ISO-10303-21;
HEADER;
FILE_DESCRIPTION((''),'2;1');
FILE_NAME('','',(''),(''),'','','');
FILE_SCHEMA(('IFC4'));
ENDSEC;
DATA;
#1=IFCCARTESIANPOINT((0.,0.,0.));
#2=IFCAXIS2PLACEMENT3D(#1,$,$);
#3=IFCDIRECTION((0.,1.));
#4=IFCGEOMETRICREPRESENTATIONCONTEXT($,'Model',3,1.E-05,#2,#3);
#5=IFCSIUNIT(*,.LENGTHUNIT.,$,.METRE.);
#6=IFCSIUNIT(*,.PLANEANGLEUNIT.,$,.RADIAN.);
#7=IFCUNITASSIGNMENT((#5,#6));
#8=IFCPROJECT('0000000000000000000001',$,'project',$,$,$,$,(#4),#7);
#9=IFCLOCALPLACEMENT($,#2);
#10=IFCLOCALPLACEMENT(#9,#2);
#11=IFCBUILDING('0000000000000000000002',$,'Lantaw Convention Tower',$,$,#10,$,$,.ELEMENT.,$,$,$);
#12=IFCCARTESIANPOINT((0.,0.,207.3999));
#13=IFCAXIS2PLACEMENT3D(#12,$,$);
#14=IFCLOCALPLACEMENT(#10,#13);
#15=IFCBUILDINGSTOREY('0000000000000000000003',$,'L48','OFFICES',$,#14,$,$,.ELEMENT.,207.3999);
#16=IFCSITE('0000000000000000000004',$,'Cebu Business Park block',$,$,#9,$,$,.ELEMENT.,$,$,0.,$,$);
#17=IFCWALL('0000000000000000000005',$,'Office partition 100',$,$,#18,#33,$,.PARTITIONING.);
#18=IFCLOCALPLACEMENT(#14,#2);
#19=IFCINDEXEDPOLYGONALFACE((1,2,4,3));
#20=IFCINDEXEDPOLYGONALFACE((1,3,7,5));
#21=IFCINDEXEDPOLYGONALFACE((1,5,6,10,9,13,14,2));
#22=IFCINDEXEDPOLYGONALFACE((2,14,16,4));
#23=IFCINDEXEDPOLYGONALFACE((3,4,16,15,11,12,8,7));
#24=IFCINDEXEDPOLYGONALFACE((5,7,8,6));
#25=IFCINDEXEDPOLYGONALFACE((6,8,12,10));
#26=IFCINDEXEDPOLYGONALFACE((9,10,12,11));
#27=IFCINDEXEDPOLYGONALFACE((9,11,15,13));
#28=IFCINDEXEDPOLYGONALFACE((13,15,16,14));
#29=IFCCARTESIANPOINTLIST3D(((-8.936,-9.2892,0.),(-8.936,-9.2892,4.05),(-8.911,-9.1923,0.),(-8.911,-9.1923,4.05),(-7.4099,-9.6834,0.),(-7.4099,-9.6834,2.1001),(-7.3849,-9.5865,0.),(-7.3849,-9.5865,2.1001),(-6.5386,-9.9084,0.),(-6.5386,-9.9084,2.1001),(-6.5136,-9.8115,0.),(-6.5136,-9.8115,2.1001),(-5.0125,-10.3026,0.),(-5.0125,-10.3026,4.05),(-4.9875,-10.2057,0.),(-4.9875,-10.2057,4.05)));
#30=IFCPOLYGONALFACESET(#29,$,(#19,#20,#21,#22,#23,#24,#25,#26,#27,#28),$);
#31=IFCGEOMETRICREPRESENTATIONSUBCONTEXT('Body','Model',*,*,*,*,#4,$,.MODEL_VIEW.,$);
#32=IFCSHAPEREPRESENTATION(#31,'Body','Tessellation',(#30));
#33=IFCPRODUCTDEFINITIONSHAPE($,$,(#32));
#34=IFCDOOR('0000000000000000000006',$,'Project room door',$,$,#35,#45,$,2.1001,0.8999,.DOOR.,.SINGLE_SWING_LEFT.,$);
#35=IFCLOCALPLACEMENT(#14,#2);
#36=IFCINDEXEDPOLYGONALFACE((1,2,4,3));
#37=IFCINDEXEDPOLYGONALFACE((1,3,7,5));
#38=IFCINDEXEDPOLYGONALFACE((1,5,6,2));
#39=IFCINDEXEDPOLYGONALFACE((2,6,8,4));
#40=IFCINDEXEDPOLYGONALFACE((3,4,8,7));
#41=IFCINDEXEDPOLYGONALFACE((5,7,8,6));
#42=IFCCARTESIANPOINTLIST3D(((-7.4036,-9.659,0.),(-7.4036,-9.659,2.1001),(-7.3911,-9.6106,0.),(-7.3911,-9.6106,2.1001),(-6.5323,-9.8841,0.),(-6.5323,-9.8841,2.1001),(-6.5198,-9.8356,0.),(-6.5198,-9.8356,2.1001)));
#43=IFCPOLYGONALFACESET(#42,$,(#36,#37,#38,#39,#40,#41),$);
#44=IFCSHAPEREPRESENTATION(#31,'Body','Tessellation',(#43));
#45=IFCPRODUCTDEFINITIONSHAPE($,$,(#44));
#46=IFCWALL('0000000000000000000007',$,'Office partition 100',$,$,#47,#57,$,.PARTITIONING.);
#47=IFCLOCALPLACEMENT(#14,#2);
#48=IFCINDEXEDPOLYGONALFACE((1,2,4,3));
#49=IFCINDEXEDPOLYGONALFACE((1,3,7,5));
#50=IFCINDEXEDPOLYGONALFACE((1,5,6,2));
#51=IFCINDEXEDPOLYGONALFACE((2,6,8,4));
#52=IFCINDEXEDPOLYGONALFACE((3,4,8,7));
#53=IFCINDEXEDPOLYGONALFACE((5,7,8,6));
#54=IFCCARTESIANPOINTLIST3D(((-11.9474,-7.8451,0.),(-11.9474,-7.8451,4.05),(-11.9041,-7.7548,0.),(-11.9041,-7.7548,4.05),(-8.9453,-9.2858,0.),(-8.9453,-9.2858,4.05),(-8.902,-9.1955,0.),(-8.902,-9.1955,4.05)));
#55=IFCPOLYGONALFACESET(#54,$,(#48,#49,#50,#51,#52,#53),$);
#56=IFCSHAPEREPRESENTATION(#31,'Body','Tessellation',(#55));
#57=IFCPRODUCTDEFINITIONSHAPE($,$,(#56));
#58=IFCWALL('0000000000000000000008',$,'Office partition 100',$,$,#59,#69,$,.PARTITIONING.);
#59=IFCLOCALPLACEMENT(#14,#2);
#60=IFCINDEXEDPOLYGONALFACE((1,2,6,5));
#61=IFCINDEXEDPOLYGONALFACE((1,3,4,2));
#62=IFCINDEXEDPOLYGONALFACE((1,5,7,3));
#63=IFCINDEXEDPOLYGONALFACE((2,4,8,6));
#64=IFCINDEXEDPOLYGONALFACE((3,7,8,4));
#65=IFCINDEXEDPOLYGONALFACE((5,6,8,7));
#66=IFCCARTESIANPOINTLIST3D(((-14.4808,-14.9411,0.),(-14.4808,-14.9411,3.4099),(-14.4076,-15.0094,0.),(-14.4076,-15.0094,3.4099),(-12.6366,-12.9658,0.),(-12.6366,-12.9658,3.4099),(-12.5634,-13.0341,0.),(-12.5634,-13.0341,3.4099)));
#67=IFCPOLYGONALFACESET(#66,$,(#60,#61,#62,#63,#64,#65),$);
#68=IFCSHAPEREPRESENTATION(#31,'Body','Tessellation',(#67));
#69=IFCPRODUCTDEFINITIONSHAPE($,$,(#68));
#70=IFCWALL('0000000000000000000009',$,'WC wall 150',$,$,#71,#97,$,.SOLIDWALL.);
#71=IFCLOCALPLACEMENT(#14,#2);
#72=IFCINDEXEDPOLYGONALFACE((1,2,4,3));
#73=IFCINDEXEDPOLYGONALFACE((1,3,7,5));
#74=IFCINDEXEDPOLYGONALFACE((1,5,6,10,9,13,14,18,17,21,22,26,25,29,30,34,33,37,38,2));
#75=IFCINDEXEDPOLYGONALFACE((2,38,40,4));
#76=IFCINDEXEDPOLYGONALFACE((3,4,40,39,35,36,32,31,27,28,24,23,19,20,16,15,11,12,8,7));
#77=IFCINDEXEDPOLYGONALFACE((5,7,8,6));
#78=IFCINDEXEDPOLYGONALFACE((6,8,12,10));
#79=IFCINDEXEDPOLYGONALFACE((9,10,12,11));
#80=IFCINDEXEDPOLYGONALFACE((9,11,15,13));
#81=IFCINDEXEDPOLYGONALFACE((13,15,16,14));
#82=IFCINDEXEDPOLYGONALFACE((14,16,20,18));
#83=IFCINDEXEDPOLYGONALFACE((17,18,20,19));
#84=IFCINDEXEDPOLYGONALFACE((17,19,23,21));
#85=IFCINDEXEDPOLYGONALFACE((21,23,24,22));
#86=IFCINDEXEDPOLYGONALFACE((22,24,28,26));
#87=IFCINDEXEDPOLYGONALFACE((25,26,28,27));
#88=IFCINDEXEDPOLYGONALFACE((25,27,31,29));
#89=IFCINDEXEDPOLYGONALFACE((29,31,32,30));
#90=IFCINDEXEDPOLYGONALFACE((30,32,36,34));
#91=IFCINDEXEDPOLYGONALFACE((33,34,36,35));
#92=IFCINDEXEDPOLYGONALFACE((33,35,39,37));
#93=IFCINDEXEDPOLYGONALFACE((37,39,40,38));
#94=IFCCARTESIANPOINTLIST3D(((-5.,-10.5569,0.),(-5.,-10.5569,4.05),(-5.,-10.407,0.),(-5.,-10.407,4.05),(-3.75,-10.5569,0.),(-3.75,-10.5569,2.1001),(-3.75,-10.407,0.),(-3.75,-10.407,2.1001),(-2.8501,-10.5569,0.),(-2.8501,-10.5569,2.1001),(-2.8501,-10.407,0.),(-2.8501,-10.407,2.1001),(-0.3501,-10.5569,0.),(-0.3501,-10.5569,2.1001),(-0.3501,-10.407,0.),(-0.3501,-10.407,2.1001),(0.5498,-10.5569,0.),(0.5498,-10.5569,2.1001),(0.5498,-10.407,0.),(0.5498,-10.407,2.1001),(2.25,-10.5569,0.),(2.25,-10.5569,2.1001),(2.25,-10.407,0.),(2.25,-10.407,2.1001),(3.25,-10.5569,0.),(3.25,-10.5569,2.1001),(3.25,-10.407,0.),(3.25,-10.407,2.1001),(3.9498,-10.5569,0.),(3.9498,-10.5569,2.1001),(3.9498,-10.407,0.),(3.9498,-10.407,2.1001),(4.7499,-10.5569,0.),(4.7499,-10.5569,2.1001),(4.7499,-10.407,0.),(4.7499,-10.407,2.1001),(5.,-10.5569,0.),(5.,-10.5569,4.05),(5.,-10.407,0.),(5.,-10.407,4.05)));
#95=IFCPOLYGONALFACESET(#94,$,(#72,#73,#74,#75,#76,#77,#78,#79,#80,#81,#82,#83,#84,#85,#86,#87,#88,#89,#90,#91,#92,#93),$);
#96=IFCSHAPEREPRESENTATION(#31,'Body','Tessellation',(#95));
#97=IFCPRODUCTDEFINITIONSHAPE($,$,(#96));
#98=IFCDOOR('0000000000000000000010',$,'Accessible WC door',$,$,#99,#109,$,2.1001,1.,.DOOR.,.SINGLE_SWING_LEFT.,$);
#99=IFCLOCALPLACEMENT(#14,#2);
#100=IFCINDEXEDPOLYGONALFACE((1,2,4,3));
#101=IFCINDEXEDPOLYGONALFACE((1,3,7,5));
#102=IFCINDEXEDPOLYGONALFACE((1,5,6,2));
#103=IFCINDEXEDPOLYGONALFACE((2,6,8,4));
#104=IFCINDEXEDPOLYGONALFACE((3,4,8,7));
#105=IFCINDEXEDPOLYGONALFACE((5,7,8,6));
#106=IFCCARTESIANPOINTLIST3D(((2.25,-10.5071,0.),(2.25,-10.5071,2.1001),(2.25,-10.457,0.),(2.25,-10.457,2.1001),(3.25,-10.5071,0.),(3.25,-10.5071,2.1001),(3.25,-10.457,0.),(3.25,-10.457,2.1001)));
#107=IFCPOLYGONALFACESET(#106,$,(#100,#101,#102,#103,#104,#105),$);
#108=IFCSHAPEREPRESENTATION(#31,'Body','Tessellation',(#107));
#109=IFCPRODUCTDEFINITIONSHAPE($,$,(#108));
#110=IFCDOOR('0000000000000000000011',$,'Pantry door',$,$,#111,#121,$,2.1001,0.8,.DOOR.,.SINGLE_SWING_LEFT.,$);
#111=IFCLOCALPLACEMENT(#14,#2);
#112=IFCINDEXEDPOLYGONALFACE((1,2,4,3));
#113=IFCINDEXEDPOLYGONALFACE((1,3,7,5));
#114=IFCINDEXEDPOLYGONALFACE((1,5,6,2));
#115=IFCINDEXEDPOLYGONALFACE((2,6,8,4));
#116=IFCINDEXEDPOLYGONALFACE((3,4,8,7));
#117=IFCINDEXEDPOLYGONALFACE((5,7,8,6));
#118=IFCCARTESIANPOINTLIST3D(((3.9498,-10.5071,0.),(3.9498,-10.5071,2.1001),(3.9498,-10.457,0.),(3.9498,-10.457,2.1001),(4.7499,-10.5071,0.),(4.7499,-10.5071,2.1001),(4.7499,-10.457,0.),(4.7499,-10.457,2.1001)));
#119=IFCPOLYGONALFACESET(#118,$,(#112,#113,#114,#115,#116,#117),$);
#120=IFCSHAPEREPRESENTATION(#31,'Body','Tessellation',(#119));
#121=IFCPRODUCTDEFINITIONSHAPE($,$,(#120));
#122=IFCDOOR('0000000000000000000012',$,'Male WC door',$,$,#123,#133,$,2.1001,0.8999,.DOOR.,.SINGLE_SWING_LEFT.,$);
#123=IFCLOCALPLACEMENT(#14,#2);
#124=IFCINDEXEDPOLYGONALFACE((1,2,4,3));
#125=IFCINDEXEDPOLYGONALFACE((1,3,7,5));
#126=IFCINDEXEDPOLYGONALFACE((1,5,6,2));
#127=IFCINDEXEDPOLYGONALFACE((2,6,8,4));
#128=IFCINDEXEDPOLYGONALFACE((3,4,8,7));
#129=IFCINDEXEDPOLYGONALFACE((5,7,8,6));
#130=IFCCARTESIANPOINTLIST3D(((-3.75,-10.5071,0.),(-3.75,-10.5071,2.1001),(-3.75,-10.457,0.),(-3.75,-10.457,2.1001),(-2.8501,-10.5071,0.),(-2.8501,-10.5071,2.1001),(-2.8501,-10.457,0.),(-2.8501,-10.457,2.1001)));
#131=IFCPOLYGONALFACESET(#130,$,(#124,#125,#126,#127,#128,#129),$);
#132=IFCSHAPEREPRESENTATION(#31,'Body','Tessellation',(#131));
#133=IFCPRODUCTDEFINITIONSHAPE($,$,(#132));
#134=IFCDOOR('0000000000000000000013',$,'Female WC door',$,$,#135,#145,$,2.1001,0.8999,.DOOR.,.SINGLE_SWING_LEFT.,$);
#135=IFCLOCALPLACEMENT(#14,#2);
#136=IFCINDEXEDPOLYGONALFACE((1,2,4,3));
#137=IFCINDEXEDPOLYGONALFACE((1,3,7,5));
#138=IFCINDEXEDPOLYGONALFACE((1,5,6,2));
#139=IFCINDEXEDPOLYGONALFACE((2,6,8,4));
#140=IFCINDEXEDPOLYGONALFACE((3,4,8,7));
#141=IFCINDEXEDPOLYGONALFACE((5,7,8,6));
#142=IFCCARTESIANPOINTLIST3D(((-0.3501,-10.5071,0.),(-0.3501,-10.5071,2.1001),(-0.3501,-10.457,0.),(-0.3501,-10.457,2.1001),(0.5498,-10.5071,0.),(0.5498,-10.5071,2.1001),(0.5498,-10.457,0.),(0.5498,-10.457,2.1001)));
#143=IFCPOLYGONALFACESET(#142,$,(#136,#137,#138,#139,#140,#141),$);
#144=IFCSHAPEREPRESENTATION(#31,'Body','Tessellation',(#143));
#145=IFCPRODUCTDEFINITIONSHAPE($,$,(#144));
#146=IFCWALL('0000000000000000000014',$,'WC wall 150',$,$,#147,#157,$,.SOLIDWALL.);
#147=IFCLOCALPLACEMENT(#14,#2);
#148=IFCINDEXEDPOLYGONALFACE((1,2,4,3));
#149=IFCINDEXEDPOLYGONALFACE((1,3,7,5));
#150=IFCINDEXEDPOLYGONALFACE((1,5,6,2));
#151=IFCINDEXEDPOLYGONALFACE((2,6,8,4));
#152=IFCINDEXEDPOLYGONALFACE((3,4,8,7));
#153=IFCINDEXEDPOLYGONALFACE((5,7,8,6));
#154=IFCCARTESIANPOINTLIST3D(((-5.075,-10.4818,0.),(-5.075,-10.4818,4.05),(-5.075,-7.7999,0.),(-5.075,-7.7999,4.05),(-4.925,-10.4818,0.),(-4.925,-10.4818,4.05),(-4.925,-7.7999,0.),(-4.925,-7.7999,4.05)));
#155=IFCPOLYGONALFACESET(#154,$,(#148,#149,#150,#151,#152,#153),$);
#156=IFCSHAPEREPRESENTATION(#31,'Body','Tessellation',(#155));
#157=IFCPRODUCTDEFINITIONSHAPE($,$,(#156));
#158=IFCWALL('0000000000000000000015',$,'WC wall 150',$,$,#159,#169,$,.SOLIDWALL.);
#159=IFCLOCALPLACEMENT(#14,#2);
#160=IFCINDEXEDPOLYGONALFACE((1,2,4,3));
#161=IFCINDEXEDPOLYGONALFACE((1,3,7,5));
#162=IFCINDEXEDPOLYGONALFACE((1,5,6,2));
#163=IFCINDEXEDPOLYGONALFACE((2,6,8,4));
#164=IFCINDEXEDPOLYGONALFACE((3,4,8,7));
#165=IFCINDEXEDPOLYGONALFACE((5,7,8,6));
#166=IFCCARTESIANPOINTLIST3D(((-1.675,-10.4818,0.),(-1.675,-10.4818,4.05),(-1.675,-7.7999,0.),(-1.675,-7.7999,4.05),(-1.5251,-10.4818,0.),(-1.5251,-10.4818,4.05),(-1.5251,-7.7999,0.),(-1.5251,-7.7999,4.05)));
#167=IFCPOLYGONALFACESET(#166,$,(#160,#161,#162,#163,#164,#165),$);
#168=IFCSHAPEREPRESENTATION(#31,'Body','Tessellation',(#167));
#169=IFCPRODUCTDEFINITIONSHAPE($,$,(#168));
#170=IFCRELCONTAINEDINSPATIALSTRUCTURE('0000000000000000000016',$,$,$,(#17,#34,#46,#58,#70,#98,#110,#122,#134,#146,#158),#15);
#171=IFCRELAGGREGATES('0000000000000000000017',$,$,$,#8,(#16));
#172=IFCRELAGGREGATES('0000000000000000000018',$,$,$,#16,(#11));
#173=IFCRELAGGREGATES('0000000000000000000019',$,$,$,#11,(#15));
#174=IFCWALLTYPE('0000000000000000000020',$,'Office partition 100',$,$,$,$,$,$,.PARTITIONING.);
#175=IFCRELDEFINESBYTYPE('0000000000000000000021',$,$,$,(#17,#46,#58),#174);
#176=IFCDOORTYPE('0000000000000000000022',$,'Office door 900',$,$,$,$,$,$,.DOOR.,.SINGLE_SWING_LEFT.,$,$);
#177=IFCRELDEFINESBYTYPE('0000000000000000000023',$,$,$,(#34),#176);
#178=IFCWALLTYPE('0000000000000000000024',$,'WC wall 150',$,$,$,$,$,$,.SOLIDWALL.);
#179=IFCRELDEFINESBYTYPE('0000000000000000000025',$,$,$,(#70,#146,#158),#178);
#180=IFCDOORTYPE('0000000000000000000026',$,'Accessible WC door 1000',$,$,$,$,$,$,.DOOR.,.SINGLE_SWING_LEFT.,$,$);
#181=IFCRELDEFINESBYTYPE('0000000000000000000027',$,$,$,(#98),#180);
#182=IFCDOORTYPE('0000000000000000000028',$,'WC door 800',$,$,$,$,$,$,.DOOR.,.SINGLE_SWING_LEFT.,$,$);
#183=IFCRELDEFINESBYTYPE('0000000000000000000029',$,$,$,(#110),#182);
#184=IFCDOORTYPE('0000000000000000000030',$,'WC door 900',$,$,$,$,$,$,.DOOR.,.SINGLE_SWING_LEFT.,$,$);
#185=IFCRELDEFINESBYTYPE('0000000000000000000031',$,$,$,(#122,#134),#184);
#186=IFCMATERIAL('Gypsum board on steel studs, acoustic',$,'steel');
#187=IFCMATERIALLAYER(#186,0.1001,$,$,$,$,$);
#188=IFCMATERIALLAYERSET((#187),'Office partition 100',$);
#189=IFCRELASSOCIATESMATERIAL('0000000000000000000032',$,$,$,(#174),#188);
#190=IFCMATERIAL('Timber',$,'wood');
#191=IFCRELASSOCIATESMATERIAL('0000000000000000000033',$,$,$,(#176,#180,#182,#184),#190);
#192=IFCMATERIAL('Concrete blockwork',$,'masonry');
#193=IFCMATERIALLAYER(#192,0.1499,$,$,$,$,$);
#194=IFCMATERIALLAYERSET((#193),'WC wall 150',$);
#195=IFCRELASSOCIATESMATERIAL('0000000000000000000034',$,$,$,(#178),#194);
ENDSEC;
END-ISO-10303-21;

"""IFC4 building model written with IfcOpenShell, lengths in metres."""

from ifc_helpers import new_model, si_unit, direction, frame, frame_2d, origin, place, context, subcontext, project, spatial, rectangle, extrude, material, layer, layer_set, type_object, element, fill, save


model = new_model("IFC4")

# Units and contexts
model_context = context("Model", 3, precision=1e-05, world=origin(), true_north=direction((0.0, 1.0)))
body_context = subcontext(model_context, "Body", "Model", "MODEL_VIEW")
ifc_project = project(units=[si_unit("LENGTHUNIT", "METRE"), si_unit("PLANEANGLEUNIT", "RADIAN")], contexts=[model_context])

# Site, building, storey
site_placement = place(None, origin())
site = spatial("IfcSite", under=ifc_project, at=site_placement, Name="Cebu Business Park block", CompositionType="ELEMENT", RefElevation=0.0)
building_placement = place(site_placement, origin())
building = spatial("IfcBuilding", under=site, at=building_placement, Name="Lantaw Convention Tower", CompositionType="ELEMENT")
storey_placement = place(building_placement, frame((0.0, 0.0, 207.3999)))
storey = spatial("IfcBuildingStorey", under=building, at=storey_placement, Name="L48", Description="OFFICES", CompositionType="ELEMENT", Elevation=207.3999)

# Wall, opening, door
ifc_material_1 = material(Name="Gypsum board on steel studs, acoustic", Category="steel")
ifc_layer_1 = layer(ifc_material_1, 0.1001)
ifc_layer_set_1 = layer_set([ifc_layer_1], Name="Office partition 100")
wall_type_1 = type_object("IfcWallType", Name="Office partition 100", PredefinedType="PARTITIONING", material=ifc_layer_set_1)
wall_1_placement = place(storey_placement, frame((-5.0, -10.2542, 0.0), z_axis=(0.0, 0.0, 1.0), x_axis=(-0.968224, 0.250084, 0.0)))
wall_1 = element("IfcWall", 1, at=wall_1_placement, inside=storey, type_object=wall_type_1, Name="Office partition 100", PredefinedType="PARTITIONING", context=body_context, shape_type="SweptSolid", body=[
    extrude(rectangle(XDim=4.0522, YDim=0.1001, at=frame_2d((2.0261, 0.0))), origin(), (0.0, 0.0, 1.0), 4.05),
])
opening_1_placement = place(wall_1_placement, frame((1.5762, 0.0, 0.0)))
opening_1 = element("IfcOpeningElement", 2, at=opening_1_placement, cuts=wall_1, PredefinedType="OPENING", context=body_context, shape_type="SweptSolid", body=[
    extrude(rectangle(XDim=0.8999, YDim=2.1001, at=frame_2d((0.45, 1.05))), frame((0.0, 0.0601, 0.0), z_axis=(0.0, -1.0, 0.0), x_axis=(1.0, 0.0, 0.0)), (0.0, 0.0, 1.0), 0.1201),
])
ifc_material_2 = material(Name="Timber", Category="wood")
door_type_1 = type_object("IfcDoorType", Name="Office door 900", OperationType="SINGLE_SWING_LEFT", PredefinedType="DOOR", material=ifc_material_2)
door_1_placement = place(opening_1_placement, origin())
door_1 = element("IfcDoor", 3, at=door_1_placement, inside=storey, type_object=door_type_1, Name="Project room door", OperationType="SINGLE_SWING_LEFT", OverallHeight=2.1001, OverallWidth=0.8999, PredefinedType="DOOR", context=body_context, shape_type="SweptSolid", body=[
    extrude(rectangle(XDim=0.8999, YDim=2.1001, at=frame_2d((0.45, 1.05))), frame((0.0, 0.0249, 0.0), z_axis=(0.0, -1.0, 0.0), x_axis=(1.0, 0.0, 0.0)), (0.0, 0.0, 1.0), 0.05),
])
fill(opening_1, door_1)

# Walls
wall_2_placement = place(storey_placement, frame((-8.9236, -9.2407, 0.0), z_axis=(0.0, 0.0, 1.0), x_axis=(-0.901554, 0.432667, 0.0)))
element("IfcWall", 4, at=wall_2_placement, inside=storey, type_object=wall_type_1, Name="Office partition 100", PredefinedType="PARTITIONING", context=body_context, shape_type="SweptSolid", body=[
    extrude(rectangle(XDim=3.3298, YDim=0.1001, at=frame_2d((1.665, 0.0))), origin(), (0.0, 0.0, 1.0), 4.05),
])
wall_3_placement = place(storey_placement, frame((-12.6001, -13.0, 0.0), z_axis=(0.0, 0.0, 1.0), x_axis=(-0.682434, -0.730947, 0.0)))
element("IfcWall", 5, at=wall_3_placement, inside=storey, type_object=wall_type_1, Name="Office partition 100", PredefinedType="PARTITIONING", context=body_context, shape_type="SweptSolid", body=[
    extrude(rectangle(XDim=2.7024, YDim=0.1001, at=frame_2d((1.3511, 0.0))), origin(), (0.0, 0.0, 1.0), 3.4099),
])

# Wall, openings, doors
ifc_material_3 = material(Name="Concrete blockwork", Category="masonry")
ifc_layer_2 = layer(ifc_material_3, 0.1499)
ifc_layer_set_2 = layer_set([ifc_layer_2], Name="WC wall 150")
wall_type_2 = type_object("IfcWallType", Name="WC wall 150", PredefinedType="SOLIDWALL", material=ifc_layer_set_2)
wall_4_placement = place(storey_placement, frame((-5.0, -10.4819, 0.0), z_axis=(0.0, 0.0, 1.0), x_axis=(1.0, 0.0, 0.0)))
wall_4 = element("IfcWall", 6, at=wall_4_placement, inside=storey, type_object=wall_type_2, Name="WC wall 150", PredefinedType="SOLIDWALL", context=body_context, shape_type="SweptSolid", body=[
    extrude(rectangle(XDim=10.0, YDim=0.1499, at=frame_2d((5.0, 0.0))), origin(), (0.0, 0.0, 1.0), 4.05),
])
opening_2_placement = place(wall_4_placement, frame((1.25, 0.0, 0.0)))
opening_2 = element("IfcOpeningElement", 7, at=opening_2_placement, cuts=wall_4, PredefinedType="OPENING", context=body_context, shape_type="SweptSolid", body=[
    extrude(rectangle(XDim=0.8999, YDim=2.1001, at=frame_2d((0.45, 1.05))), frame((0.0, 0.085, 0.0), z_axis=(0.0, -1.0, 0.0), x_axis=(1.0, 0.0, 0.0)), (0.0, 0.0, 1.0), 0.1699),
])
opening_3_placement = place(wall_4_placement, frame((4.6499, 0.0, 0.0)))
opening_3 = element("IfcOpeningElement", 8, at=opening_3_placement, cuts=wall_4, PredefinedType="OPENING", context=body_context, shape_type="SweptSolid", body=[
    extrude(rectangle(XDim=0.8999, YDim=2.1001, at=frame_2d((0.45, 1.05))), frame((0.0, 0.085, 0.0), z_axis=(0.0, -1.0, 0.0), x_axis=(1.0, 0.0, 0.0)), (0.0, 0.0, 1.0), 0.1699),
])
opening_4_placement = place(wall_4_placement, frame((7.25, 0.0, 0.0)))
opening_4 = element("IfcOpeningElement", 9, at=opening_4_placement, cuts=wall_4, PredefinedType="OPENING", context=body_context, shape_type="SweptSolid", body=[
    extrude(rectangle(XDim=1.0, YDim=2.1001, at=frame_2d((0.5, 1.05))), frame((0.0, 0.085, 0.0), z_axis=(0.0, -1.0, 0.0), x_axis=(1.0, 0.0, 0.0)), (0.0, 0.0, 1.0), 0.1699),
])
opening_5_placement = place(wall_4_placement, frame((8.95, 0.0, 0.0)))
opening_5 = element("IfcOpeningElement", 10, at=opening_5_placement, cuts=wall_4, PredefinedType="OPENING", context=body_context, shape_type="SweptSolid", body=[
    extrude(rectangle(XDim=0.8, YDim=2.1001, at=frame_2d((0.3999, 1.05))), frame((0.0, 0.085, 0.0), z_axis=(0.0, -1.0, 0.0), x_axis=(1.0, 0.0, 0.0)), (0.0, 0.0, 1.0), 0.1699),
])
door_type_2 = type_object("IfcDoorType", Name="Accessible WC door 1000", OperationType="SINGLE_SWING_LEFT", PredefinedType="DOOR", material=ifc_material_2)
door_2_placement = place(opening_4_placement, origin())
door_2 = element("IfcDoor", 11, at=door_2_placement, inside=storey, type_object=door_type_2, Name="Accessible WC door", OperationType="SINGLE_SWING_LEFT", OverallHeight=2.1001, OverallWidth=1.0, PredefinedType="DOOR", context=body_context, shape_type="SweptSolid", body=[
    extrude(rectangle(XDim=1.0, YDim=2.1001, at=frame_2d((0.5, 1.05))), frame((0.0, 0.0249, 0.0), z_axis=(0.0, -1.0, 0.0), x_axis=(1.0, 0.0, 0.0)), (0.0, 0.0, 1.0), 0.05),
])
fill(opening_4, door_2)
door_type_3 = type_object("IfcDoorType", Name="WC door 800", OperationType="SINGLE_SWING_LEFT", PredefinedType="DOOR", material=ifc_material_2)
door_3_placement = place(opening_5_placement, origin())
door_3 = element("IfcDoor", 12, at=door_3_placement, inside=storey, type_object=door_type_3, Name="Pantry door", OperationType="SINGLE_SWING_LEFT", OverallHeight=2.1001, OverallWidth=0.8, PredefinedType="DOOR", context=body_context, shape_type="SweptSolid", body=[
    extrude(rectangle(XDim=0.8, YDim=2.1001, at=frame_2d((0.3999, 1.05))), frame((0.0, 0.0249, 0.0), z_axis=(0.0, -1.0, 0.0), x_axis=(1.0, 0.0, 0.0)), (0.0, 0.0, 1.0), 0.05),
])
fill(opening_5, door_3)
door_type_4 = type_object("IfcDoorType", Name="WC door 900", OperationType="SINGLE_SWING_LEFT", PredefinedType="DOOR", material=ifc_material_2)
door_4_placement = place(opening_2_placement, origin())
door_4 = element("IfcDoor", 13, at=door_4_placement, inside=storey, type_object=door_type_4, Name="Male WC door", OperationType="SINGLE_SWING_LEFT", OverallHeight=2.1001, OverallWidth=0.8999, PredefinedType="DOOR", context=body_context, shape_type="SweptSolid", body=[
    extrude(rectangle(XDim=0.8999, YDim=2.1001, at=frame_2d((0.45, 1.05))), frame((0.0, 0.0249, 0.0), z_axis=(0.0, -1.0, 0.0), x_axis=(1.0, 0.0, 0.0)), (0.0, 0.0, 1.0), 0.05),
])
fill(opening_2, door_4)
door_5_placement = place(opening_3_placement, origin())
door_5 = element("IfcDoor", 14, at=door_5_placement, inside=storey, type_object=door_type_4, Name="Female WC door", OperationType="SINGLE_SWING_LEFT", OverallHeight=2.1001, OverallWidth=0.8999, PredefinedType="DOOR", context=body_context, shape_type="SweptSolid", body=[
    extrude(rectangle(XDim=0.8999, YDim=2.1001, at=frame_2d((0.45, 1.05))), frame((0.0, 0.0249, 0.0), z_axis=(0.0, -1.0, 0.0), x_axis=(1.0, 0.0, 0.0)), (0.0, 0.0, 1.0), 0.05),
])
fill(opening_3, door_5)

# Walls
for number, where, z_axis, x_axis, name in (
    (15, (-5.0, -7.8, 0.0), (0.0, 0.0, 1.0), (0.0, -1.0, 0.0), "WC wall 150"),
    (16, (-1.6001, -7.8, 0.0), (0.0, 0.0, 1.0), (0.0, -1.0, 0.0), "WC wall 150"),
):
    element("IfcWall", number, at=place(storey_placement, frame(where, z_axis=z_axis, x_axis=x_axis)), inside=storey, type_object=wall_type_2, Name=name, PredefinedType="SOLIDWALL", context=body_context, shape_type="SweptSolid", body=[
        extrude(rectangle(XDim=2.6819, YDim=0.1499, at=frame_2d((1.3408, 0.0))), origin(), (0.0, 0.0, 1.0), 4.05),
    ])

save(model, "model.ifc")
